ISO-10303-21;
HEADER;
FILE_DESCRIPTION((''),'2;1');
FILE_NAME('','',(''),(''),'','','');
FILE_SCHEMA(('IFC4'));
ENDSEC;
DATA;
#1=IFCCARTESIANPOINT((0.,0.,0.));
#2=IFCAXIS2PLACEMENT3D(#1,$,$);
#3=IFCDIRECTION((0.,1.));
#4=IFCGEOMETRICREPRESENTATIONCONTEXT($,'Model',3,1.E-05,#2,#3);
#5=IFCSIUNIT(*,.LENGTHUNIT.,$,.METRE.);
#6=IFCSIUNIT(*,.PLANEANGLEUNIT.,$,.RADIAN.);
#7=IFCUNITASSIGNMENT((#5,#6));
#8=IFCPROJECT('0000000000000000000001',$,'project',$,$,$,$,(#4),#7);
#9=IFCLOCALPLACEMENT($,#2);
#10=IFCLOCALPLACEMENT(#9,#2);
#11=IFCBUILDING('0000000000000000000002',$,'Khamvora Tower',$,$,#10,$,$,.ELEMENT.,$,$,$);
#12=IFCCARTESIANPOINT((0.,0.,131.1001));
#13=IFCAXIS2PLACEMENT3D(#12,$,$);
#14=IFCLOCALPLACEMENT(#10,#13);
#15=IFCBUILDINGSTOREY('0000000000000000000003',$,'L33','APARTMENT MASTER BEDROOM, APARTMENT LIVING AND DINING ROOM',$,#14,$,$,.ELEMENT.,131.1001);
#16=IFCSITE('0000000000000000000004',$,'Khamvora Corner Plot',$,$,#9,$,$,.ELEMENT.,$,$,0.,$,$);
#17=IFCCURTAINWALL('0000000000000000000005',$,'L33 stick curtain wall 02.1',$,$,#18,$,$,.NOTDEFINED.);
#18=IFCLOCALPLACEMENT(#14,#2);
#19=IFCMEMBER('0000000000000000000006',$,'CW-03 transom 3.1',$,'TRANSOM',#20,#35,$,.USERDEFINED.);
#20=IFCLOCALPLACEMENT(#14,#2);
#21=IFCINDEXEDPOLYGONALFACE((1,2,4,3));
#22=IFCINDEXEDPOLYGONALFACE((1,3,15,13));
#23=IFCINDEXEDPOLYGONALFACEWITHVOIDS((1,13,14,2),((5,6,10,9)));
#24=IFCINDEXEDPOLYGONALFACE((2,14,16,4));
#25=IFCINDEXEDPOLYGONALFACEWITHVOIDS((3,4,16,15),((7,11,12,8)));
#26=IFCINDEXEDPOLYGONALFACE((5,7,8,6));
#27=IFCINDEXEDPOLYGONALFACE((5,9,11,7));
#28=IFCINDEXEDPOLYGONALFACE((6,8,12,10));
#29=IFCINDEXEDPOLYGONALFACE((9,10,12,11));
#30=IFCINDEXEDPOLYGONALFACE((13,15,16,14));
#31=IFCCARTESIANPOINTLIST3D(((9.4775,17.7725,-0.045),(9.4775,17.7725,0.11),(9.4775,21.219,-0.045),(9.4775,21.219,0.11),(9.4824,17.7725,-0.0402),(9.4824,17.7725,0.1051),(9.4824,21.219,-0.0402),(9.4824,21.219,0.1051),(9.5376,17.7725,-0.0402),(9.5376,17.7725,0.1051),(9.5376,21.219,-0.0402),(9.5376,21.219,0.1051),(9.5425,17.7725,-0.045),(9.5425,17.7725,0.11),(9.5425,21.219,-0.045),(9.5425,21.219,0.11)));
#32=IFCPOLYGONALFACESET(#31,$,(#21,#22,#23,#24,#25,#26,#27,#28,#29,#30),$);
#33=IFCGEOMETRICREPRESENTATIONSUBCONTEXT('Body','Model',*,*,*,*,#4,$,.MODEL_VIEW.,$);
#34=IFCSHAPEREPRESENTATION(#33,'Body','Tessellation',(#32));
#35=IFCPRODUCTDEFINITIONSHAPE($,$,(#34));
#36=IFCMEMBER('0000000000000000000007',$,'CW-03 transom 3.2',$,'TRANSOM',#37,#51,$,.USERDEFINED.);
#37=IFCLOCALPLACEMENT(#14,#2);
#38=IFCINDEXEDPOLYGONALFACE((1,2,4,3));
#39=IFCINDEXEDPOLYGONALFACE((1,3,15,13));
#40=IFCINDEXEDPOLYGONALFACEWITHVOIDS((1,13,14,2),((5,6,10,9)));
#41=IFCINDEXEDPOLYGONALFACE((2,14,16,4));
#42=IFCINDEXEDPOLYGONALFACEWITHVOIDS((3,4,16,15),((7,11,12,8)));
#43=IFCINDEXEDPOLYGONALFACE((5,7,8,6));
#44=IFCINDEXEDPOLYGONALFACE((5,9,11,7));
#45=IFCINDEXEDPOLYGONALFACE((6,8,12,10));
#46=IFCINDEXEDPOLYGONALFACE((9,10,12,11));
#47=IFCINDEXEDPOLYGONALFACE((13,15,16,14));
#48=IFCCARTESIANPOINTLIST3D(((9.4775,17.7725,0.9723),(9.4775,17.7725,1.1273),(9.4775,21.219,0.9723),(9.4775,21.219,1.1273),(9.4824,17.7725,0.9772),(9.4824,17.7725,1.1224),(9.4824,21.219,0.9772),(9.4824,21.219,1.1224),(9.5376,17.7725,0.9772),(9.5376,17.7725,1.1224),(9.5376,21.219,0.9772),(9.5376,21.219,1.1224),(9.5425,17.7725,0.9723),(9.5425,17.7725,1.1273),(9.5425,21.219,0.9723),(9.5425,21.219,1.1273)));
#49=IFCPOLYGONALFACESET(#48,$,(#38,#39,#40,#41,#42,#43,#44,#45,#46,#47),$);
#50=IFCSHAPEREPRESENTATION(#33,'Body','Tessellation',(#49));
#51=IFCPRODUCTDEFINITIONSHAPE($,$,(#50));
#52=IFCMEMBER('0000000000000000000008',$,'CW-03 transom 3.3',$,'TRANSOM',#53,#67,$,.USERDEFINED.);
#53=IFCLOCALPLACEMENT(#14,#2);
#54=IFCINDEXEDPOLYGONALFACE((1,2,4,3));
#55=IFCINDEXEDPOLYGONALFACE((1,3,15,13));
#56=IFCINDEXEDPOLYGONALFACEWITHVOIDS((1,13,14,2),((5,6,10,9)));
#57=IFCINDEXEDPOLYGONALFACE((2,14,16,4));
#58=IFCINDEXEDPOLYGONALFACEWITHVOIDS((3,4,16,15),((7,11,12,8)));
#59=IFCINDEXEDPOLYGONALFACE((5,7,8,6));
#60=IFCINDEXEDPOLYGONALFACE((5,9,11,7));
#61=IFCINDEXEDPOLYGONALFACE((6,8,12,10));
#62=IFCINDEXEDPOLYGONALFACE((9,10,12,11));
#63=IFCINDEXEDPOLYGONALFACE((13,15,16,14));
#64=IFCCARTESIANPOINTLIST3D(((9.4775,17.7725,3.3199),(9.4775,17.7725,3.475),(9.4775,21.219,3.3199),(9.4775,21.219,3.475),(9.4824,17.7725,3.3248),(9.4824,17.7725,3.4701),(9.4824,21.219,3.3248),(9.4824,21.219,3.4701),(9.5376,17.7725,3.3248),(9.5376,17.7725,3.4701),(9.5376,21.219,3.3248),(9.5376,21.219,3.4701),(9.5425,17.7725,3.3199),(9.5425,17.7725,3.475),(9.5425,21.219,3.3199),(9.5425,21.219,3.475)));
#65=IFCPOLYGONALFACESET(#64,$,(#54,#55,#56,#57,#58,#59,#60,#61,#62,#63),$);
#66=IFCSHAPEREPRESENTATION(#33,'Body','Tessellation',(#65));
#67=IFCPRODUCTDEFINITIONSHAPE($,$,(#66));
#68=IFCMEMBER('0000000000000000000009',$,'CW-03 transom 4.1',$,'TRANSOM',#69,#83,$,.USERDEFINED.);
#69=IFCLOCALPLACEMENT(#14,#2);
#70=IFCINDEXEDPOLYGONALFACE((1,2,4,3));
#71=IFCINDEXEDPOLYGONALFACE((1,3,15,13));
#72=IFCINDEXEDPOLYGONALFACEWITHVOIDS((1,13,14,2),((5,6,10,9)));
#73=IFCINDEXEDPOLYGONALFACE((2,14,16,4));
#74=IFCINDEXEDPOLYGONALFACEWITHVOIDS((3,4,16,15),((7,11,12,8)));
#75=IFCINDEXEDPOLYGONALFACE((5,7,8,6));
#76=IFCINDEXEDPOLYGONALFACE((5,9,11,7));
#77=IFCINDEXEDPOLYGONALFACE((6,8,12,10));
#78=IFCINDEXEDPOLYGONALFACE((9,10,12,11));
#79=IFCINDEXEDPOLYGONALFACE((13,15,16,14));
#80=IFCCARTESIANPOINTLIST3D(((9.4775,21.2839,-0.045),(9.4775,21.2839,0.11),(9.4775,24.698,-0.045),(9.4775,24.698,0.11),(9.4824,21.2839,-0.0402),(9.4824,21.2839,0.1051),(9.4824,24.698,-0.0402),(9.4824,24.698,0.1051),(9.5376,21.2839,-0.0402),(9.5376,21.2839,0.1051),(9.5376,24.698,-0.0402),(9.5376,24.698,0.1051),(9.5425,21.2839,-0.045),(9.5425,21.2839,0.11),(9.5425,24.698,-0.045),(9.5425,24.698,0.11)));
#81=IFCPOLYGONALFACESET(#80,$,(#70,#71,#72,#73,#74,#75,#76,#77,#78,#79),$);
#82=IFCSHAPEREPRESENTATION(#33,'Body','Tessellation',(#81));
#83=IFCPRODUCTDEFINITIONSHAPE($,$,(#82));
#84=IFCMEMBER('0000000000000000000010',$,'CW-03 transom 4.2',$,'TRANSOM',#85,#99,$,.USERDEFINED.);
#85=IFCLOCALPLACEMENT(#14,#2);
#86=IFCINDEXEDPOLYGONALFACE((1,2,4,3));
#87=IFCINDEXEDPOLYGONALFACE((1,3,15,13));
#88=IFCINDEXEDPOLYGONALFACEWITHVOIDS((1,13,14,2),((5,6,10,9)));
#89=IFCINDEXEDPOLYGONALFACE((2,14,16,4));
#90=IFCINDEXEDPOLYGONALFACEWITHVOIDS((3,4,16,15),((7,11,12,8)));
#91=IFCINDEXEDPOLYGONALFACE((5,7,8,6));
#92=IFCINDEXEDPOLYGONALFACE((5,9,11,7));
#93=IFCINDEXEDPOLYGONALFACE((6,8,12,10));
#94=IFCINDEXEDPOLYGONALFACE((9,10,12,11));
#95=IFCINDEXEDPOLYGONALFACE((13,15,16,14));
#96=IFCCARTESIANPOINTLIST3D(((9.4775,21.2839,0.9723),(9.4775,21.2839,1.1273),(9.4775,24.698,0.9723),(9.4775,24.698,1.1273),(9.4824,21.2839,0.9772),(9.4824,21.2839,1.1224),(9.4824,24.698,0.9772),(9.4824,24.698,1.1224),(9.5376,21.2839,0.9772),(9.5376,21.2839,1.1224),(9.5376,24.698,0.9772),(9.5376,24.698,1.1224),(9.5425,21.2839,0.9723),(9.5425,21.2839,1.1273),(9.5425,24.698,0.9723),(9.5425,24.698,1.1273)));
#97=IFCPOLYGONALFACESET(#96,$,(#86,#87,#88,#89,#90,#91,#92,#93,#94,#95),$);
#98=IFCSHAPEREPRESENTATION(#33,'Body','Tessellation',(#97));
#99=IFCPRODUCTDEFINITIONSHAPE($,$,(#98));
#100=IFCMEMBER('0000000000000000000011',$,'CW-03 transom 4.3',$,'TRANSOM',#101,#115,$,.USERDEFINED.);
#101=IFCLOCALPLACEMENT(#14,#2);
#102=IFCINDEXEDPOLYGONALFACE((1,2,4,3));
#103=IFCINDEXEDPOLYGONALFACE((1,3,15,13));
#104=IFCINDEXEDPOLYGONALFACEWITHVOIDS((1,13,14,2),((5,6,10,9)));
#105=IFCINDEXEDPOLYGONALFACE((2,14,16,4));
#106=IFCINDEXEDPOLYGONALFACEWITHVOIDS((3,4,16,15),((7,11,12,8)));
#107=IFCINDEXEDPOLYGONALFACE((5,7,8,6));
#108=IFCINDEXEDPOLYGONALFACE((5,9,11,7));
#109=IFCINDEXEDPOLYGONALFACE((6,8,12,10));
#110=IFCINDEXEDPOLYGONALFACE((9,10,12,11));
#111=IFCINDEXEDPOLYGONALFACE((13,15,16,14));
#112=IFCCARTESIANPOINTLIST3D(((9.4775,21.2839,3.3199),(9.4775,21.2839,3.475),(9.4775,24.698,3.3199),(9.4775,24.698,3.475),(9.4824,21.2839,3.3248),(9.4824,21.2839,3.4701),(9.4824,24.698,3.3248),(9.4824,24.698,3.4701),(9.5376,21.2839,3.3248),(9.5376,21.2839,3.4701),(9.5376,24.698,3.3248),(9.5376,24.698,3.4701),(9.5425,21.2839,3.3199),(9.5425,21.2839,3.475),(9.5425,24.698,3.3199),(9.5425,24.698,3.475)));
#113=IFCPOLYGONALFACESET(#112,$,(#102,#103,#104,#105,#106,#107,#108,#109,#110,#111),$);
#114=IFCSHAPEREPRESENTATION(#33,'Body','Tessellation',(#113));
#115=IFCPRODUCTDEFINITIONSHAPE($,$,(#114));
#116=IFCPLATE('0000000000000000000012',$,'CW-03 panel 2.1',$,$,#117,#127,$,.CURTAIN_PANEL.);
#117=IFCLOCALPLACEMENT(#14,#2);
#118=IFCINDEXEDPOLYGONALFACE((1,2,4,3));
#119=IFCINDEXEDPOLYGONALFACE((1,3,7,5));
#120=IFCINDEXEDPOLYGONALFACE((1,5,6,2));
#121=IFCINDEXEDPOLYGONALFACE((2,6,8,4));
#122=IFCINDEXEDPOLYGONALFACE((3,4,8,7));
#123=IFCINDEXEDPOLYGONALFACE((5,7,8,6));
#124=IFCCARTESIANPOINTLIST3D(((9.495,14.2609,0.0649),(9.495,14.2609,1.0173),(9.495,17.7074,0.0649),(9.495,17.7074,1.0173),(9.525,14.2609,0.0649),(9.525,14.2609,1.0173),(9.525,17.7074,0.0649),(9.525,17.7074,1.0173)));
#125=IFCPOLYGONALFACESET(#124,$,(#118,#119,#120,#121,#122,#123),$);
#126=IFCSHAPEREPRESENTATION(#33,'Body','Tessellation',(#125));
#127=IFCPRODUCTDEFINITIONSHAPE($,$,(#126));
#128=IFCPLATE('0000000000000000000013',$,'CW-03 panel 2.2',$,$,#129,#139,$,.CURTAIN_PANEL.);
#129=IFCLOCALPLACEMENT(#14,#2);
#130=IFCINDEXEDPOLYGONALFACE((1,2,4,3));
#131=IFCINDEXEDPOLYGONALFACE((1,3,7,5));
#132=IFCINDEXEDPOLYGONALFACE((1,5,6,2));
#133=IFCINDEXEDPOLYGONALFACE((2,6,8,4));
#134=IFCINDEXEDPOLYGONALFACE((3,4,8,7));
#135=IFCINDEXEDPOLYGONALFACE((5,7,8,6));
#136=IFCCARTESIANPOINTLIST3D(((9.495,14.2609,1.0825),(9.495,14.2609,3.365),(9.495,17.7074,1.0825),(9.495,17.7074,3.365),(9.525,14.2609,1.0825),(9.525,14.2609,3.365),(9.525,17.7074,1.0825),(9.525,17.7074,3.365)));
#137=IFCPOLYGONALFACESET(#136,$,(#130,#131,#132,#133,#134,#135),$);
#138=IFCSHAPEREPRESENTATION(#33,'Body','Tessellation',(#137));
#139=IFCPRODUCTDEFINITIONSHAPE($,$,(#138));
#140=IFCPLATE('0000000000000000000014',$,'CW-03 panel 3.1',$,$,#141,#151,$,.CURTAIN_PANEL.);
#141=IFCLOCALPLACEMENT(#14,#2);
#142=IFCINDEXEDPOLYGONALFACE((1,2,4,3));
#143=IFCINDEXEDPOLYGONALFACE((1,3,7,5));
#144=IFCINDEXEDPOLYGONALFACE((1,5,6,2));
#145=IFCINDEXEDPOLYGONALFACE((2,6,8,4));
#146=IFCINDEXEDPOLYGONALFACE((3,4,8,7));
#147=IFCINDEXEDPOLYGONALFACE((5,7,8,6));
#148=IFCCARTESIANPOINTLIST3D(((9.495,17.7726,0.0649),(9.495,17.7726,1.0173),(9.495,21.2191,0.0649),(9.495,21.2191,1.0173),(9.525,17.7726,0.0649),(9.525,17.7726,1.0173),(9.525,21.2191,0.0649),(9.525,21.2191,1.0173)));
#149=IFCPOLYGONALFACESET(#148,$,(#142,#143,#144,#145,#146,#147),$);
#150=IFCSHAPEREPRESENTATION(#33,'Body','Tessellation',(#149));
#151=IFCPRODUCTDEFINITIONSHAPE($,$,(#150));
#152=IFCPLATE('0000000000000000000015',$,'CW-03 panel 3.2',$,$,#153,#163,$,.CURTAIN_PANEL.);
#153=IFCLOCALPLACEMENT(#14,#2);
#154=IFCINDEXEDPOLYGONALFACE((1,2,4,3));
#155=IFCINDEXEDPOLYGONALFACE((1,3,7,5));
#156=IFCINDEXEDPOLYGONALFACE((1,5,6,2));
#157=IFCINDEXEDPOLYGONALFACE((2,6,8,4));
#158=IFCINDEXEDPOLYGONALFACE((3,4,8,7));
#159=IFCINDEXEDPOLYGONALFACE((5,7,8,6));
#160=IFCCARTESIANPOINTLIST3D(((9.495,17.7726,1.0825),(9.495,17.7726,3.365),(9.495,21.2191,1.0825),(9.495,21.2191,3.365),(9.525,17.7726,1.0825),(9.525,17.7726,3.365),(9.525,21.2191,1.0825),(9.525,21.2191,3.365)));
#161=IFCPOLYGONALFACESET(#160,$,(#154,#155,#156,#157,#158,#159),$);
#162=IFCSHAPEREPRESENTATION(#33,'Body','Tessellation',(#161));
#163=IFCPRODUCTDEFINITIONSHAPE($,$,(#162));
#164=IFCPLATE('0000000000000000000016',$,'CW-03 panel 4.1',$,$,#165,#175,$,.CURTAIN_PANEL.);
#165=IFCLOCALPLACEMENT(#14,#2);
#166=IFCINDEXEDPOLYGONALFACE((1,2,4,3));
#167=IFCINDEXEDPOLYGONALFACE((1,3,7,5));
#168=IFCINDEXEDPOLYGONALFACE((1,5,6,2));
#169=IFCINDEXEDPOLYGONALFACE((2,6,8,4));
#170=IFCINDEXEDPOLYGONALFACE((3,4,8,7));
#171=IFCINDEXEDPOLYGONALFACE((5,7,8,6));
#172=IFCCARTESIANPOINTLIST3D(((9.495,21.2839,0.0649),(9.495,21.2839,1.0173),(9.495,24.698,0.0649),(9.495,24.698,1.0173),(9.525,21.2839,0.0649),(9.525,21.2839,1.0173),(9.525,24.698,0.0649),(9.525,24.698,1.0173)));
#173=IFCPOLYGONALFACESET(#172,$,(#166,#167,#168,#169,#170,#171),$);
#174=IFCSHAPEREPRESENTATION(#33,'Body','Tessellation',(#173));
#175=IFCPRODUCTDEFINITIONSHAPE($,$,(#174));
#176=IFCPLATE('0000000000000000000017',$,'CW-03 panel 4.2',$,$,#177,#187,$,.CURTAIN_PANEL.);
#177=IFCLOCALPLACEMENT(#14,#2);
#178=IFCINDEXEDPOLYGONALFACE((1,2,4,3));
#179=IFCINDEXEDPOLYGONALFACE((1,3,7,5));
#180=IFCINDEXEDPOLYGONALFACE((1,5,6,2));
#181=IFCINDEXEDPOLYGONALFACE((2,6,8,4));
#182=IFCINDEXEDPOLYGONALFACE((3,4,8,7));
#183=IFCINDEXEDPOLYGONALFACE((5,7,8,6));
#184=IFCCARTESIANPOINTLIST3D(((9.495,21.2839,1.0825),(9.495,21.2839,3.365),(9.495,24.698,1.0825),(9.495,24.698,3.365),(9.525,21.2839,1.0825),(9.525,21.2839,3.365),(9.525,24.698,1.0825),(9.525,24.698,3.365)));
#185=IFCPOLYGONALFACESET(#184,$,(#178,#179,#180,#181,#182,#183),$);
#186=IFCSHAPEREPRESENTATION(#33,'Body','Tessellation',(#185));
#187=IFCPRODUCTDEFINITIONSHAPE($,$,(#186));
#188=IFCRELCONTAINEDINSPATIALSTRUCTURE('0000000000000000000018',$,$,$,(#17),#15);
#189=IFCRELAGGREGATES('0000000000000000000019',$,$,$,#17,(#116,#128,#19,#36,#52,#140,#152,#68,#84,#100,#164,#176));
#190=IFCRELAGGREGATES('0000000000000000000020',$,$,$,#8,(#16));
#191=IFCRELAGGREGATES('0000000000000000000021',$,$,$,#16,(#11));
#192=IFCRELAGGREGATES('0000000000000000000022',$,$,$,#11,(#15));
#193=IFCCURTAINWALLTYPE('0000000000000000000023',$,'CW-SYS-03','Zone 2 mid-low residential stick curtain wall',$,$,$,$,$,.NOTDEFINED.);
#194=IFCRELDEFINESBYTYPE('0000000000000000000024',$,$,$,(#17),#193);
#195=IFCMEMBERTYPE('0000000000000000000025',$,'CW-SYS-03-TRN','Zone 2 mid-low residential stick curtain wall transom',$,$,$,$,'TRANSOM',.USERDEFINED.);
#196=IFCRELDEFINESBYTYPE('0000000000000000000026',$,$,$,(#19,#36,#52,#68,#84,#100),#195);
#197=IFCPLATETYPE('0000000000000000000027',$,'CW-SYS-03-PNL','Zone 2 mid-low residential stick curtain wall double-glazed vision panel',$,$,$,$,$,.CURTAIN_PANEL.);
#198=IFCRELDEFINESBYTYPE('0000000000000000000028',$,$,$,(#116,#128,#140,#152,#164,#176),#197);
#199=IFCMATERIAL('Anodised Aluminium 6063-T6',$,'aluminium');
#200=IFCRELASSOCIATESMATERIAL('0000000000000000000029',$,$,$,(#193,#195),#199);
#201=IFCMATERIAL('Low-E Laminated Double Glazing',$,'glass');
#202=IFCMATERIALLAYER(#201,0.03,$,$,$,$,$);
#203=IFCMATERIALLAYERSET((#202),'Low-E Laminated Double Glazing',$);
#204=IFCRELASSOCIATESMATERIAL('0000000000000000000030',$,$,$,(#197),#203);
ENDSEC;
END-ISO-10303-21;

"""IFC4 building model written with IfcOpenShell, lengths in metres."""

from ifc_helpers import new_model, si_unit, direction, frame, origin, origin_2d, place, context, subcontext, project, spatial, rectangle, hollow_rectangle, extrude, material, layer, layer_set, material_profile, profile_set, type_object, element, aggregate, save


model = new_model("IFC4")

# Units and contexts
model_context = context("Model", 3, precision=1e-05, world=origin(), true_north=direction((0.0, 1.0)))
body_context = subcontext(model_context, "Body", "Model", "MODEL_VIEW")
ifc_project = project(units=[si_unit("LENGTHUNIT", "METRE"), si_unit("PLANEANGLEUNIT", "RADIAN")], contexts=[model_context])

# Site, building, storey
site_placement = place(None, origin())
site = spatial("IfcSite", under=ifc_project, at=site_placement, Name="Khamvora Corner Plot", CompositionType="ELEMENT", RefElevation=0.0)
building_placement = place(site_placement, origin())
building = spatial("IfcBuilding", under=site, at=building_placement, Name="Khamvora Tower", CompositionType="ELEMENT")
storey_placement = place(building_placement, frame((0.0, 0.0, 131.1001)))
storey = spatial("IfcBuildingStorey", under=building, at=storey_placement, Name="L33", Description="APARTMENT MASTER BEDROOM, APARTMENT LIVING AND DINING ROOM", CompositionType="ELEMENT", Elevation=131.1001)

# Curtain wall, members, plates
ifc_material_1 = material(Name="Anodised Aluminium 6063-T6", Category="aluminium")
curtain_wall_type = type_object("IfcCurtainWallType", Name="CW-SYS-03", Description="Zone 2 mid-low residential stick curtain wall", PredefinedType="NOTDEFINED", material=ifc_material_1)
curtain_wall_placement = place(storey_placement, origin())
curtain_wall = element("IfcCurtainWall", 1, at=curtain_wall_placement, inside=storey, type_object=curtain_wall_type, Name="L33 stick curtain wall 02.1", PredefinedType="NOTDEFINED")
ifc_material_profile_1 = material_profile(ifc_material_1, hollow_rectangle(XDim=0.0649, YDim=0.155, WallThickness=0.0049, at=origin_2d()), Name="TRN65x155x5")
ifc_profile_set_1 = profile_set([ifc_material_profile_1], Name="Anodised Aluminium 6063-T6")
member_type_1 = type_object("IfcMemberType", Name="CW-SYS-03-TRN", Description="Zone 2 mid-low residential stick curtain wall transom", ElementType="TRANSOM", PredefinedType="USERDEFINED", material=ifc_profile_set_1)
member_1_placement = place(storey_placement, frame((9.51, 17.7725, 0.0325), z_axis=(0.0, 1.0, 0.0), x_axis=(-1.0, 0.0, 0.0)))
member_1 = element("IfcMember", 2, at=member_1_placement, type_object=member_type_1, Name="CW-03 transom 3.1", ObjectType="TRANSOM", PredefinedType="USERDEFINED", context=body_context, shape_type="SweptSolid", body=[
    extrude(hollow_rectangle(XDim=0.0649, YDim=0.155, WallThickness=0.0049, at=origin_2d()), origin(), (0.0, 0.0, 1.0), 3.4465),
])
member_2_placement = place(storey_placement, frame((9.51, 17.7725, 1.0498), z_axis=(0.0, 1.0, 0.0), x_axis=(-1.0, 0.0, 0.0)))
member_2 = element("IfcMember", 3, at=member_2_placement, type_object=member_type_1, Name="CW-03 transom 3.2", ObjectType="TRANSOM", PredefinedType="USERDEFINED", context=body_context, shape_type="SweptSolid", body=[
    extrude(hollow_rectangle(XDim=0.0649, YDim=0.155, WallThickness=0.0049, at=origin_2d()), origin(), (0.0, 0.0, 1.0), 3.4465),
])
member_3_placement = place(storey_placement, frame((9.51, 17.7725, 3.3975), z_axis=(0.0, 1.0, 0.0), x_axis=(-1.0, 0.0, 0.0)))
member_3 = element("IfcMember", 4, at=member_3_placement, type_object=member_type_1, Name="CW-03 transom 3.3", ObjectType="TRANSOM", PredefinedType="USERDEFINED", context=body_context, shape_type="SweptSolid", body=[
    extrude(hollow_rectangle(XDim=0.0649, YDim=0.155, WallThickness=0.0049, at=origin_2d()), origin(), (0.0, 0.0, 1.0), 3.4465),
])
member_4_placement = place(storey_placement, frame((9.51, 21.2839, 0.0325), z_axis=(0.0, 1.0, 0.0), x_axis=(-1.0, 0.0, 0.0)))
member_4 = element("IfcMember", 5, at=member_4_placement, type_object=member_type_1, Name="CW-03 transom 4.1", ObjectType="TRANSOM", PredefinedType="USERDEFINED", context=body_context, shape_type="SweptSolid", body=[
    extrude(hollow_rectangle(XDim=0.0649, YDim=0.155, WallThickness=0.0049, at=origin_2d()), origin(), (0.0, 0.0, 1.0), 3.4141),
])
member_5_placement = place(storey_placement, frame((9.51, 21.2839, 1.0498), z_axis=(0.0, 1.0, 0.0), x_axis=(-1.0, 0.0, 0.0)))
member_5 = element("IfcMember", 6, at=member_5_placement, type_object=member_type_1, Name="CW-03 transom 4.2", ObjectType="TRANSOM", PredefinedType="USERDEFINED", context=body_context, shape_type="SweptSolid", body=[
    extrude(hollow_rectangle(XDim=0.0649, YDim=0.155, WallThickness=0.0049, at=origin_2d()), origin(), (0.0, 0.0, 1.0), 3.4141),
])
member_6_placement = place(storey_placement, frame((9.51, 21.2839, 3.3975), z_axis=(0.0, 1.0, 0.0), x_axis=(-1.0, 0.0, 0.0)))
member_6 = element("IfcMember", 7, at=member_6_placement, type_object=member_type_1, Name="CW-03 transom 4.3", ObjectType="TRANSOM", PredefinedType="USERDEFINED", context=body_context, shape_type="SweptSolid", body=[
    extrude(hollow_rectangle(XDim=0.0649, YDim=0.155, WallThickness=0.0049, at=origin_2d()), origin(), (0.0, 0.0, 1.0), 3.4141),
])
ifc_material_2 = material(Name="Low-E Laminated Double Glazing", Category="glass")
ifc_layer_1 = layer(ifc_material_2, 0.03)
ifc_layer_set_1 = layer_set([ifc_layer_1], Name="Low-E Laminated Double Glazing")
plate_type_1 = type_object("IfcPlateType", Name="CW-SYS-03-PNL", Description="Zone 2 mid-low residential stick curtain wall double-glazed vision panel", PredefinedType="CURTAIN_PANEL", material=ifc_layer_set_1)
plate_1_placement = place(storey_placement, frame((9.51, 15.9841, 0.0649), z_axis=(0.0, 0.0, 1.0), x_axis=(0.0, 1.0, 0.0)))
plate_1 = element("IfcPlate", 8, at=plate_1_placement, type_object=plate_type_1, Name="CW-03 panel 2.1", PredefinedType="CURTAIN_PANEL", context=body_context, shape_type="SweptSolid", body=[
    extrude(rectangle(XDim=3.4465, YDim=0.03, at=origin_2d()), origin(), (0.0, 0.0, 1.0), 0.9524),
])
plate_2_placement = place(storey_placement, frame((9.51, 15.9841, 1.0825), z_axis=(0.0, 0.0, 1.0), x_axis=(0.0, 1.0, 0.0)))
plate_2 = element("IfcPlate", 9, at=plate_2_placement, type_object=plate_type_1, Name="CW-03 panel 2.2", PredefinedType="CURTAIN_PANEL", context=body_context, shape_type="SweptSolid", body=[
    extrude(rectangle(XDim=3.4465, YDim=0.03, at=origin_2d()), origin(), (0.0, 0.0, 1.0), 2.2825),
])
plate_3_placement = place(storey_placement, frame((9.51, 19.4958, 0.0649), z_axis=(0.0, 0.0, 1.0), x_axis=(0.0, 1.0, 0.0)))
plate_3 = element("IfcPlate", 10, at=plate_3_placement, type_object=plate_type_1, Name="CW-03 panel 3.1", PredefinedType="CURTAIN_PANEL", context=body_context, shape_type="SweptSolid", body=[
    extrude(rectangle(XDim=3.4465, YDim=0.03, at=origin_2d()), origin(), (0.0, 0.0, 1.0), 0.9524),
])
plate_4_placement = place(storey_placement, frame((9.51, 19.4958, 1.0825), z_axis=(0.0, 0.0, 1.0), x_axis=(0.0, 1.0, 0.0)))
plate_4 = element("IfcPlate", 11, at=plate_4_placement, type_object=plate_type_1, Name="CW-03 panel 3.2", PredefinedType="CURTAIN_PANEL", context=body_context, shape_type="SweptSolid", body=[
    extrude(rectangle(XDim=3.4465, YDim=0.03, at=origin_2d()), origin(), (0.0, 0.0, 1.0), 2.2825),
])
plate_5_placement = place(storey_placement, frame((9.51, 22.991, 0.0649), z_axis=(0.0, 0.0, 1.0), x_axis=(0.0, 1.0, 0.0)))
plate_5 = element("IfcPlate", 12, at=plate_5_placement, type_object=plate_type_1, Name="CW-03 panel 4.1", PredefinedType="CURTAIN_PANEL", context=body_context, shape_type="SweptSolid", body=[
    extrude(rectangle(XDim=3.4141, YDim=0.03, at=origin_2d()), origin(), (0.0, 0.0, 1.0), 0.9524),
])
plate_6_placement = place(storey_placement, frame((9.51, 22.991, 1.0825), z_axis=(0.0, 0.0, 1.0), x_axis=(0.0, 1.0, 0.0)))
plate_6 = element("IfcPlate", 13, at=plate_6_placement, type_object=plate_type_1, Name="CW-03 panel 4.2", PredefinedType="CURTAIN_PANEL", context=body_context, shape_type="SweptSolid", body=[
    extrude(rectangle(XDim=3.4141, YDim=0.03, at=origin_2d()), origin(), (0.0, 0.0, 1.0), 2.2825),
])
aggregate(curtain_wall, [plate_1, plate_2, member_1, member_2, member_3, plate_3, plate_4, member_4, member_5, member_6, plate_5, plate_6])

save(model, "model.ifc")
